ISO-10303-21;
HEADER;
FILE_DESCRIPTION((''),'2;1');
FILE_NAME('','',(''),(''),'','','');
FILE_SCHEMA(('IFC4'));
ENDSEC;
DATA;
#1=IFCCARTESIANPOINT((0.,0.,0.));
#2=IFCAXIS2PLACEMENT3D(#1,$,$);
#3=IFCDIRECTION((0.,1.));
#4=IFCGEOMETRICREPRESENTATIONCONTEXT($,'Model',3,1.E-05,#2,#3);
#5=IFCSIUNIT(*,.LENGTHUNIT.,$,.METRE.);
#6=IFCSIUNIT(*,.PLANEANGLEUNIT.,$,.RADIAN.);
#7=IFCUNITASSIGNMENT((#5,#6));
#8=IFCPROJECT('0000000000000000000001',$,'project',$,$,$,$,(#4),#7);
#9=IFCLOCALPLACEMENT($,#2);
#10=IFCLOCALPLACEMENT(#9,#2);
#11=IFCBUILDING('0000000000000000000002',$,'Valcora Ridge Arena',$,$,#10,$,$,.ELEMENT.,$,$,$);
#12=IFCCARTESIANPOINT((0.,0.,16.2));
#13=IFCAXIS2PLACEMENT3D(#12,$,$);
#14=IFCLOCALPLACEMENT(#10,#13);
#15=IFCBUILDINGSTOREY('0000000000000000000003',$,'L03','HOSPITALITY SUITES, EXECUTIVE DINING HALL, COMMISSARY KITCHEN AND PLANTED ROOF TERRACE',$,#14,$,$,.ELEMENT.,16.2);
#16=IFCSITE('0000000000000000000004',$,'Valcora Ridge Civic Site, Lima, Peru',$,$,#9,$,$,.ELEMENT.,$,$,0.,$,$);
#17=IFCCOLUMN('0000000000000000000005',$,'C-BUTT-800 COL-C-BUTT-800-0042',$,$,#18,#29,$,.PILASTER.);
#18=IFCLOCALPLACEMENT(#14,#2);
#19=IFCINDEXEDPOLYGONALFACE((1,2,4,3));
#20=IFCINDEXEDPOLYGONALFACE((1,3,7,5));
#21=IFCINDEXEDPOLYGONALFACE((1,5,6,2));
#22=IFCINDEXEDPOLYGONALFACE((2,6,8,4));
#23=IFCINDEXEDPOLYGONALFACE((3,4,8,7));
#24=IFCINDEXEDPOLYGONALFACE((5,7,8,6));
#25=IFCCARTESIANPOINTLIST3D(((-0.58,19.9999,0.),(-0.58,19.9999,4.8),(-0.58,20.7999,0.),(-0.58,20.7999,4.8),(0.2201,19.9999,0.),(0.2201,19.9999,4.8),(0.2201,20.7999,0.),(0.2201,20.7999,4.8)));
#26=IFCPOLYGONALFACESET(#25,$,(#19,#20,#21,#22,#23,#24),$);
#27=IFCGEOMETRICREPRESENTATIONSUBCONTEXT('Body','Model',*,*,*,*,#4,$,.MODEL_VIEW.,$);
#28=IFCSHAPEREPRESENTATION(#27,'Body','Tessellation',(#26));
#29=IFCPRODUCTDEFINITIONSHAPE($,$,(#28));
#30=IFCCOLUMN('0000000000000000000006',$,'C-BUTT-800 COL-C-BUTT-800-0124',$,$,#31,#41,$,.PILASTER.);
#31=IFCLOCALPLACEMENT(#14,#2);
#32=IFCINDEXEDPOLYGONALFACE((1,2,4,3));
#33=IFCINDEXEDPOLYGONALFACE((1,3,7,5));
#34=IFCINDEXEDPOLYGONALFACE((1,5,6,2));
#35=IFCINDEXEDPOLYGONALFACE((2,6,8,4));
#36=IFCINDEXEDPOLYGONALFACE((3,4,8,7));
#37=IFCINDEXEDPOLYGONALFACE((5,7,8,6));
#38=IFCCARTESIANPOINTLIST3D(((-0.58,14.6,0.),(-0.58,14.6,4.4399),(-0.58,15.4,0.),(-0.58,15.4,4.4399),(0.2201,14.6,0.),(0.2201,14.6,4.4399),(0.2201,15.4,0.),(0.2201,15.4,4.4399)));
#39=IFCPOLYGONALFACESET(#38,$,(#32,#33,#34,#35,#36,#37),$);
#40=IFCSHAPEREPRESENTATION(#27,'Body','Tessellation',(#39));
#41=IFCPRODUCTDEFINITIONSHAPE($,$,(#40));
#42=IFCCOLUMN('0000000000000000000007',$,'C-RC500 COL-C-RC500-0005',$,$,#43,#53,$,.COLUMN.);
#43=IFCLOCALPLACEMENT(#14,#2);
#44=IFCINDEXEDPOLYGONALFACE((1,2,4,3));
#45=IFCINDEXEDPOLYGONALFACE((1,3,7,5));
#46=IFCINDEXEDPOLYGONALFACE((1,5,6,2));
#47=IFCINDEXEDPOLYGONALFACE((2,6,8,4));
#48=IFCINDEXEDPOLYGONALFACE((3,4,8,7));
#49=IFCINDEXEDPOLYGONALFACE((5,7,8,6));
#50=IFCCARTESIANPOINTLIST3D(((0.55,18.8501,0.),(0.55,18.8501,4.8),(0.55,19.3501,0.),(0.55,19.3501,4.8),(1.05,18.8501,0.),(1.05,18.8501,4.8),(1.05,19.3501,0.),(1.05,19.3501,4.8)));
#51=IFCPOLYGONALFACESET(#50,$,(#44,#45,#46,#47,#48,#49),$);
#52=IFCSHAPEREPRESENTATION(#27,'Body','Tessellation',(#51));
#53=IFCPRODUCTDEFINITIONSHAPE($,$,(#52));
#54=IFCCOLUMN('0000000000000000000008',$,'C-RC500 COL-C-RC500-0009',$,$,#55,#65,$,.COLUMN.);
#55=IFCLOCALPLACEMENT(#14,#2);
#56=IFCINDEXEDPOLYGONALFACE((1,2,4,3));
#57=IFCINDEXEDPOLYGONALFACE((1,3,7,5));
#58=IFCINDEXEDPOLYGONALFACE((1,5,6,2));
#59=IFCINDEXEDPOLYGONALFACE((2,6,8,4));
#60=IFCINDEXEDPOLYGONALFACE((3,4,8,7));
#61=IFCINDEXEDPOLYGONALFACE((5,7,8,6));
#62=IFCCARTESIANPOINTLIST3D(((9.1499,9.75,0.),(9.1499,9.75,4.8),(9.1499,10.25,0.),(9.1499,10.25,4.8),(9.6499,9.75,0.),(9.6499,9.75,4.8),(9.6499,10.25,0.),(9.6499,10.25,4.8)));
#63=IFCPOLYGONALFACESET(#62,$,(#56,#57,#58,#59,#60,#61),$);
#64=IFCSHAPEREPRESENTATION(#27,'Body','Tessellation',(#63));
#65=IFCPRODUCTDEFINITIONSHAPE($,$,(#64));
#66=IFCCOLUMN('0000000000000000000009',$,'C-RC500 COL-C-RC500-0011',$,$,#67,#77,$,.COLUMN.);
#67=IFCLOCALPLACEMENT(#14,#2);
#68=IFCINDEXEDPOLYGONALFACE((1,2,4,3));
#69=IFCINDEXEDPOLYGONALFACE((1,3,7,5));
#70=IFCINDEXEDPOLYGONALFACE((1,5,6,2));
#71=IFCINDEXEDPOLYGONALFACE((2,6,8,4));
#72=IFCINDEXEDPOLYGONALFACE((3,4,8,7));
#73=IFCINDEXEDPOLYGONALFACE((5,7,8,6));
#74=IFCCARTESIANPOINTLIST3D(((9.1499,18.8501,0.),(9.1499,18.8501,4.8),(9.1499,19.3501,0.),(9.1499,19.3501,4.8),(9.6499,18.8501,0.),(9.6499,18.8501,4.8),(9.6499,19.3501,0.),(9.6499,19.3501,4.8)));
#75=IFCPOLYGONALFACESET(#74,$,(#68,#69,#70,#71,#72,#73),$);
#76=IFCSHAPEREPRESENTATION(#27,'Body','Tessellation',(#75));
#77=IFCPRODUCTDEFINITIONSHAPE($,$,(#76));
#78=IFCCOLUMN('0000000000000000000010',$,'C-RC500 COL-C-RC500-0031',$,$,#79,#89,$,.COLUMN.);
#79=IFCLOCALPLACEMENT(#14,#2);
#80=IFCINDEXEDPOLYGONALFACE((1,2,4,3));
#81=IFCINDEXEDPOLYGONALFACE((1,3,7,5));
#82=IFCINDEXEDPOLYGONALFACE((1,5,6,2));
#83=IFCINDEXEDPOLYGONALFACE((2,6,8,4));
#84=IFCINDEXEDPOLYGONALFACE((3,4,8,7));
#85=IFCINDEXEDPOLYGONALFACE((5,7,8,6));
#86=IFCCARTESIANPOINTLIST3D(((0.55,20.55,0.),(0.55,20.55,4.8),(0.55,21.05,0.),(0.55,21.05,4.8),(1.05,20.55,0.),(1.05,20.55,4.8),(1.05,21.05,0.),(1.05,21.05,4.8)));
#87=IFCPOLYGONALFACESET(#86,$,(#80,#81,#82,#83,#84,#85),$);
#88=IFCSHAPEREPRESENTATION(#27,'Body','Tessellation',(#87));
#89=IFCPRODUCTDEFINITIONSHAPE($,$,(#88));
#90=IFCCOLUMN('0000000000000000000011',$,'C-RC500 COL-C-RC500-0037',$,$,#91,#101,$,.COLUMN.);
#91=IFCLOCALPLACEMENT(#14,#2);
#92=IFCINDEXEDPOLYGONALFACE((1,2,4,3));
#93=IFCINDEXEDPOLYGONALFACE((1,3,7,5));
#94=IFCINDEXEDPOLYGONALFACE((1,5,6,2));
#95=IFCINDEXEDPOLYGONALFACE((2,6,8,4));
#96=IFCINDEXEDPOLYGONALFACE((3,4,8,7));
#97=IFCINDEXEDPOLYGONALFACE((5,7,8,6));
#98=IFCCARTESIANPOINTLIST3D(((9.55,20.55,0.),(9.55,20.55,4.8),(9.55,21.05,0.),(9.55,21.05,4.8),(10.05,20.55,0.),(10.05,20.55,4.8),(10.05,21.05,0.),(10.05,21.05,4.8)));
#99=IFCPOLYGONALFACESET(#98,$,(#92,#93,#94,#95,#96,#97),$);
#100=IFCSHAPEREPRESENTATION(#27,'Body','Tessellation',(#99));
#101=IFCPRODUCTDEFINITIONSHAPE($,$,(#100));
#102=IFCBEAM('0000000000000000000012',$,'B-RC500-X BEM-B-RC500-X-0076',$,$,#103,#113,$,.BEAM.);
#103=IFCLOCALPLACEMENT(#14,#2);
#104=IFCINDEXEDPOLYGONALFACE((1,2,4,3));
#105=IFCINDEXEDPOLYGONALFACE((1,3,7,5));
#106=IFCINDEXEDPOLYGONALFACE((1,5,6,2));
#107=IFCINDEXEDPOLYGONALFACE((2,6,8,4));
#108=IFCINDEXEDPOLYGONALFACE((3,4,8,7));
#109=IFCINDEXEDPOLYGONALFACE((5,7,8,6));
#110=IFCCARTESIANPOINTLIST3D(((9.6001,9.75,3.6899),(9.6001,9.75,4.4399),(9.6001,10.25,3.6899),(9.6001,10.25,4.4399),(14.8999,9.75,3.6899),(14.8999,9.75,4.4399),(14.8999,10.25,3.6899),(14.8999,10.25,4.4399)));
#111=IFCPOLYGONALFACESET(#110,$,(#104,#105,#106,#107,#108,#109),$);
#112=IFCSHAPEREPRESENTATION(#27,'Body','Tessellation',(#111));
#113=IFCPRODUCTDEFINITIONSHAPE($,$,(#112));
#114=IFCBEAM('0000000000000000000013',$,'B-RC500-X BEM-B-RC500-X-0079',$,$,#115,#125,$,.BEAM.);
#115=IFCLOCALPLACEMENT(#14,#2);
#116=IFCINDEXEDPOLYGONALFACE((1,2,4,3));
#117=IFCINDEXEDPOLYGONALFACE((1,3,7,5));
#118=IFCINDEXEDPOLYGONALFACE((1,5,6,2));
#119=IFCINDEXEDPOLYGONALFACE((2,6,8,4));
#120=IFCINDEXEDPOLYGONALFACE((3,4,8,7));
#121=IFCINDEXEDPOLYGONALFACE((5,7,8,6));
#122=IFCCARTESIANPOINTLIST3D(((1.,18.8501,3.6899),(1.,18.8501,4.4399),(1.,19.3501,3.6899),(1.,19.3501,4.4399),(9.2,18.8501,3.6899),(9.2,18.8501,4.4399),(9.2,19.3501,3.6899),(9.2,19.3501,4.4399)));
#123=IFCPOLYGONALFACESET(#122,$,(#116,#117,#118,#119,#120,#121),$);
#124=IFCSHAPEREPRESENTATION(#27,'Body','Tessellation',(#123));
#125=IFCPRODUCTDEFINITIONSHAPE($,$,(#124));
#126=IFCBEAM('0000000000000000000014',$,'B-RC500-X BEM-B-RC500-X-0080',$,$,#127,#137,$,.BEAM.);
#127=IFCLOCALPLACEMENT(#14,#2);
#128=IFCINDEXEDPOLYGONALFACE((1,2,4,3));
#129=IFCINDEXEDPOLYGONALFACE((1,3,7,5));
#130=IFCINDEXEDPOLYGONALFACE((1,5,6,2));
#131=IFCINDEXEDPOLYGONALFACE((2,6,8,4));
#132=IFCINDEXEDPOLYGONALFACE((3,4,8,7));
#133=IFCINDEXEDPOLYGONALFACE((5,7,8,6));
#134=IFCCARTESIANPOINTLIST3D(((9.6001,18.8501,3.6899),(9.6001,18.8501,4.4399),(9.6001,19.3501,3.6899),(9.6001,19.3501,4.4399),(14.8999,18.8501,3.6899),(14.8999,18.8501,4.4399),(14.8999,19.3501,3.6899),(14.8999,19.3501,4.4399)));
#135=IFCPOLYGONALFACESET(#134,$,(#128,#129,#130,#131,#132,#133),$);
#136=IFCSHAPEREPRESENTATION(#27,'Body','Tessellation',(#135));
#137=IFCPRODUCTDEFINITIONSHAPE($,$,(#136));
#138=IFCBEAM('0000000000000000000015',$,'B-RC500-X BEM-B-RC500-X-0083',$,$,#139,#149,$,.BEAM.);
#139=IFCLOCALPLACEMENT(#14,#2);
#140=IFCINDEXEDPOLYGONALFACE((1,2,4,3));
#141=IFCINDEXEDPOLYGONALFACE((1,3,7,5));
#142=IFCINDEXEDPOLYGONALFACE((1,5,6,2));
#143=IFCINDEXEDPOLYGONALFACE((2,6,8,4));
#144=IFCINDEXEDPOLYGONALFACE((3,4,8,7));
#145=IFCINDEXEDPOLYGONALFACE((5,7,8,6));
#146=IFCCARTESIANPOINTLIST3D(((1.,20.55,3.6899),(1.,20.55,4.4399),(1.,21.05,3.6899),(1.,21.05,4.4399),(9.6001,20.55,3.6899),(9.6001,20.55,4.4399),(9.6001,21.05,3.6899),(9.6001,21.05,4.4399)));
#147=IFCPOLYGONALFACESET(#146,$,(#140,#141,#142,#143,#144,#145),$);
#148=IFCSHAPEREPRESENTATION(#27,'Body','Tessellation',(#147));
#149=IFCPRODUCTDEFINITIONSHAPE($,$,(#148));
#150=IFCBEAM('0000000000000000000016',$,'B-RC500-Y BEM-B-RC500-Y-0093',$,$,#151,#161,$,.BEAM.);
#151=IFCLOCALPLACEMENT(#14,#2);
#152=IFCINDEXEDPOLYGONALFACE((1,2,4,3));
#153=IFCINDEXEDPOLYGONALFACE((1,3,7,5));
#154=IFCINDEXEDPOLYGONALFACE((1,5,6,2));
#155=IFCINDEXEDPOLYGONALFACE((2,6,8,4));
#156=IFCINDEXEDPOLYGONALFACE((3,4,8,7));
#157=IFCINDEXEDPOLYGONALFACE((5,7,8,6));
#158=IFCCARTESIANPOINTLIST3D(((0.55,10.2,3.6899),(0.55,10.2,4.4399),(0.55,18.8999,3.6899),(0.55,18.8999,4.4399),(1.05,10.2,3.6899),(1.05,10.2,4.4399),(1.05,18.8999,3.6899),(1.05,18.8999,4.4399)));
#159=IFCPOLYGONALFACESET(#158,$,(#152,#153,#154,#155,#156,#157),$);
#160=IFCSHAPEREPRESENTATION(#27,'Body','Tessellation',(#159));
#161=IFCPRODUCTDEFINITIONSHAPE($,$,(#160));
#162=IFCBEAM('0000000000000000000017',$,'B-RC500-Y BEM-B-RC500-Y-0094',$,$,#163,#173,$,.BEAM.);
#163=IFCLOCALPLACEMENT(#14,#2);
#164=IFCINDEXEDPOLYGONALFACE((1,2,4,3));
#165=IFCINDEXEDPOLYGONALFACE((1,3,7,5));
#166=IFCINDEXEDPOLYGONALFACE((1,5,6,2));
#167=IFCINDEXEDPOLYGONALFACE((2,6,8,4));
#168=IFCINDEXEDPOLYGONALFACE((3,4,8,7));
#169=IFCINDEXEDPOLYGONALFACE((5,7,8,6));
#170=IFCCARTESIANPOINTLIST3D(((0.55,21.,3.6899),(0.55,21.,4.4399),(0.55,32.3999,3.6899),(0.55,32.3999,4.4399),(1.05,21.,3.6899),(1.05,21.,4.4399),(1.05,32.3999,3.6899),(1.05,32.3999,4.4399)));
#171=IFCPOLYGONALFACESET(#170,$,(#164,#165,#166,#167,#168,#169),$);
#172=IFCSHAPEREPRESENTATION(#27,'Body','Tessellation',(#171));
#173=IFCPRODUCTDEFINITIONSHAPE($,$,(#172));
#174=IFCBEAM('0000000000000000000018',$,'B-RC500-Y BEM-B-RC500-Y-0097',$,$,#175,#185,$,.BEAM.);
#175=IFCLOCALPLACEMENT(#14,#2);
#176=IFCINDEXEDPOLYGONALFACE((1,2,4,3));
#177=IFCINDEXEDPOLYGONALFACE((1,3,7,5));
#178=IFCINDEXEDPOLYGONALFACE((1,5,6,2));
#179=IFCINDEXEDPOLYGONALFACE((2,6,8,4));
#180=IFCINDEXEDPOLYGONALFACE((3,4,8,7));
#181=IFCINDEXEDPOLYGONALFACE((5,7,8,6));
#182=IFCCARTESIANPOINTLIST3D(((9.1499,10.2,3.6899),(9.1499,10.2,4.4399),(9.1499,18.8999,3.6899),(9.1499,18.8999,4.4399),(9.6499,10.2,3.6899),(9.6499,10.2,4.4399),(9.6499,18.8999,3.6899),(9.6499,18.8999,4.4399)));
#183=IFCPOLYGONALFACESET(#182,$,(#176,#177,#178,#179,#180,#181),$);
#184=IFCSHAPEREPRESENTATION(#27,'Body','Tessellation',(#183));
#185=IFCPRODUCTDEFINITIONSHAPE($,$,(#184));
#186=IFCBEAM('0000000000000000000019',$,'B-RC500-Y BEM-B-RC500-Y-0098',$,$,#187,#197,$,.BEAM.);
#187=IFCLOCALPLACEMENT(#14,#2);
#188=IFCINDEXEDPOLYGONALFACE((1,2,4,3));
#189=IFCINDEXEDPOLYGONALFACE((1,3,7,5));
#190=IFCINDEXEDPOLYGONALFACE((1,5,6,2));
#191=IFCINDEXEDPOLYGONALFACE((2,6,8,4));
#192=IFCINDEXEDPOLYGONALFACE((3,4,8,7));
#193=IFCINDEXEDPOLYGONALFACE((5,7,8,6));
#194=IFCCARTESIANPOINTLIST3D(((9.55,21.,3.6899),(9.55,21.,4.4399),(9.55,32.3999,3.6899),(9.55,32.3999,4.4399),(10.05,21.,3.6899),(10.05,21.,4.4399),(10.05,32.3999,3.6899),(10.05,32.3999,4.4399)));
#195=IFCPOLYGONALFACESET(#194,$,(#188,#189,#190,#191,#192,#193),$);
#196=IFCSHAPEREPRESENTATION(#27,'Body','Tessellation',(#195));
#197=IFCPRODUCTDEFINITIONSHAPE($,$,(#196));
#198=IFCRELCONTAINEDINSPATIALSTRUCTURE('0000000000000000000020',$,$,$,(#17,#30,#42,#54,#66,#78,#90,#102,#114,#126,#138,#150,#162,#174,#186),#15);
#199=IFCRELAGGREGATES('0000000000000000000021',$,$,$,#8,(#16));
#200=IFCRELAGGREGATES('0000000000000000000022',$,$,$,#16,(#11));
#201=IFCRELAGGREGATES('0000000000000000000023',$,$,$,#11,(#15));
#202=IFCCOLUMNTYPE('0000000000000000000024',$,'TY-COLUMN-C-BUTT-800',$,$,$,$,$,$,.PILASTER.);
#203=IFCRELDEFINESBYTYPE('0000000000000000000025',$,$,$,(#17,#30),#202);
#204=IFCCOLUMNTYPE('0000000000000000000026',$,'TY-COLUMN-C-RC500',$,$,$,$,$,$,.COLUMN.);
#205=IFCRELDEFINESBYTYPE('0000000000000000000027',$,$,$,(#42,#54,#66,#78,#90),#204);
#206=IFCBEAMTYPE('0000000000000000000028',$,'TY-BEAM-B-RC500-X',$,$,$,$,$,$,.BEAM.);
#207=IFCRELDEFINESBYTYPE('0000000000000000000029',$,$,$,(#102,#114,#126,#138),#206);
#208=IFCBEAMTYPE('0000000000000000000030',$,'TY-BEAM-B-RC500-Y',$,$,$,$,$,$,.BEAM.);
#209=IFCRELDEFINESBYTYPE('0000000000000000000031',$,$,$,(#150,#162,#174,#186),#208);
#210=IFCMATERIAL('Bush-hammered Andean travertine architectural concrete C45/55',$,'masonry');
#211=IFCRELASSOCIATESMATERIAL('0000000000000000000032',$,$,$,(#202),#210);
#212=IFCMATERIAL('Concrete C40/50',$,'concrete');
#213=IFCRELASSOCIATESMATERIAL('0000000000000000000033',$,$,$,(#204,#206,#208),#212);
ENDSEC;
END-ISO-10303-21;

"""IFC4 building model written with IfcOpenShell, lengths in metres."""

from ifc_helpers import new_model, si_unit, direction, frame, origin, origin_2d, place, context, subcontext, project, spatial, rectangle, extrude, material, material_profile, profile_set, type_object, element, save


model = new_model("IFC4")

# Units and contexts
model_context = context("Model", 3, precision=1e-05, world=origin(), true_north=direction((0.0, 1.0)))
body_context = subcontext(model_context, "Body", "Model", "MODEL_VIEW")
ifc_project = project(units=[si_unit("LENGTHUNIT", "METRE"), si_unit("PLANEANGLEUNIT", "RADIAN")], contexts=[model_context])

# Site, building, storey
site_placement = place(None, origin())
site = spatial("IfcSite", under=ifc_project, at=site_placement, Name="Valcora Ridge Civic Site, Lima, Peru", CompositionType="ELEMENT", RefElevation=0.0)
building_placement = place(site_placement, origin())
building = spatial("IfcBuilding", under=site, at=building_placement, Name="Valcora Ridge Arena", CompositionType="ELEMENT")
storey_placement = place(building_placement, frame((0.0, 0.0, 16.2)))
storey = spatial("IfcBuildingStorey", under=building, at=storey_placement, Name="L03", Description="HOSPITALITY SUITES, EXECUTIVE DINING HALL, COMMISSARY KITCHEN AND PLANTED ROOF TERRACE", CompositionType="ELEMENT", Elevation=16.2)

# Columns
ifc_material_1 = material(Name="Bush-hammered Andean travertine architectural concrete C45/55", Category="masonry")
ifc_material_profile_1 = material_profile(ifc_material_1, rectangle(XDim=0.8, YDim=0.8, at=origin_2d()), Name="RC 800x800")
ifc_profile_set_1 = profile_set([ifc_material_profile_1], Name="Bush-hammered Andean travertine architectural concrete C45/55")
column_type_1 = type_object("IfcColumnType", Name="TY-COLUMN-C-BUTT-800", PredefinedType="PILASTER", material=ifc_profile_set_1)
column_1_placement = place(storey_placement, frame((-0.1799, 20.3999, 0.0), z_axis=(0.0, 0.0, 1.0), x_axis=(1.0, 0.0, 0.0)))
element("IfcColumn", 1, at=column_1_placement, inside=storey, type_object=column_type_1, Name="C-BUTT-800 COL-C-BUTT-800-0042", PredefinedType="PILASTER", context=body_context, shape_type="SweptSolid", body=[
    extrude(rectangle(XDim=0.8, YDim=0.8, at=origin_2d()), origin(), (0.0, 0.0, 1.0), 4.8),
])
column_2_placement = place(storey_placement, frame((-0.1799, 15.0, 0.0), z_axis=(0.0, 0.0, 1.0), x_axis=(1.0, 0.0, 0.0)))
element("IfcColumn", 2, at=column_2_placement, inside=storey, type_object=column_type_1, Name="C-BUTT-800 COL-C-BUTT-800-0124", PredefinedType="PILASTER", context=body_context, shape_type="SweptSolid", body=[
    extrude(rectangle(XDim=0.8, YDim=0.8, at=origin_2d()), origin(), (0.0, 0.0, 1.0), 4.4399),
])
ifc_material_2 = material(Name="Concrete C40/50", Category="concrete")
ifc_material_profile_2 = material_profile(ifc_material_2, rectangle(XDim=0.5, YDim=0.5, at=origin_2d()), Name="RC 500x500")
ifc_profile_set_2 = profile_set([ifc_material_profile_2], Name="Concrete C40/50")
column_type_2 = type_object("IfcColumnType", Name="TY-COLUMN-C-RC500", PredefinedType="COLUMN", material=ifc_profile_set_2)
for number, where, z_axis, x_axis, name in (
    (3, (0.8, 19.1001, 0.0), (0.0, 0.0, 1.0), (1.0, 0.0, 0.0), "C-RC500 COL-C-RC500-0005"),
    (4, (9.3999, 10.0, 0.0), (0.0, 0.0, 1.0), (1.0, 0.0, 0.0), "C-RC500 COL-C-RC500-0009"),
    (5, (9.3999, 19.1001, 0.0), (0.0, 0.0, 1.0), (1.0, 0.0, 0.0), "C-RC500 COL-C-RC500-0011"),
    (6, (0.8, 20.8, 0.0), (0.0, 0.0, 1.0), (1.0, 0.0, 0.0), "C-RC500 COL-C-RC500-0031"),
    (7, (9.8, 20.8, 0.0), (0.0, 0.0, 1.0), (1.0, 0.0, 0.0), "C-RC500 COL-C-RC500-0037"),
):
    element("IfcColumn", number, at=place(storey_placement, frame(where, z_axis=z_axis, x_axis=x_axis)), inside=storey, type_object=column_type_2, Name=name, PredefinedType="COLUMN", context=body_context, shape_type="SweptSolid", body=[
        extrude(rectangle(XDim=0.5, YDim=0.5, at=origin_2d()), origin(), (0.0, 0.0, 1.0), 4.8),
    ])

# Beams
ifc_material_profile_3 = material_profile(ifc_material_2, rectangle(XDim=0.5, YDim=0.75, at=origin_2d()), Name="RC 500x750")
ifc_profile_set_3 = profile_set([ifc_material_profile_3], Name="Concrete C40/50")
beam_type_1 = type_object("IfcBeamType", Name="TY-BEAM-B-RC500-X", PredefinedType="BEAM", material=ifc_profile_set_3)
beam_1_placement = place(storey_placement, frame((9.6001, 10.0, 4.0649), z_axis=(1.0, 0.0, 0.0), x_axis=(0.0, 1.0, 0.0)))
element("IfcBeam", 8, at=beam_1_placement, inside=storey, type_object=beam_type_1, Name="B-RC500-X BEM-B-RC500-X-0076", PredefinedType="BEAM", context=body_context, shape_type="SweptSolid", body=[
    extrude(rectangle(XDim=0.5, YDim=0.75, at=origin_2d()), origin(), (0.0, 0.0, 1.0), 5.2998),
])
beam_2_placement = place(storey_placement, frame((1.0, 19.1001, 4.0649), z_axis=(1.0, 0.0, 0.0), x_axis=(0.0, 1.0, 0.0)))
element("IfcBeam", 9, at=beam_2_placement, inside=storey, type_object=beam_type_1, Name="B-RC500-X BEM-B-RC500-X-0079", PredefinedType="BEAM", context=body_context, shape_type="SweptSolid", body=[
    extrude(rectangle(XDim=0.5, YDim=0.75, at=origin_2d()), origin(), (0.0, 0.0, 1.0), 8.2),
])
beam_3_placement = place(storey_placement, frame((9.6001, 19.1001, 4.0649), z_axis=(1.0, 0.0, 0.0), x_axis=(0.0, 1.0, 0.0)))
element("IfcBeam", 10, at=beam_3_placement, inside=storey, type_object=beam_type_1, Name="B-RC500-X BEM-B-RC500-X-0080", PredefinedType="BEAM", context=body_context, shape_type="SweptSolid", body=[
    extrude(rectangle(XDim=0.5, YDim=0.75, at=origin_2d()), origin(), (0.0, 0.0, 1.0), 5.2998),
])
beam_4_placement = place(storey_placement, frame((1.0, 20.8, 4.0649), z_axis=(1.0, 0.0, 0.0), x_axis=(0.0, 1.0, 0.0)))
element("IfcBeam", 11, at=beam_4_placement, inside=storey, type_object=beam_type_1, Name="B-RC500-X BEM-B-RC500-X-0083", PredefinedType="BEAM", context=body_context, shape_type="SweptSolid", body=[
    extrude(rectangle(XDim=0.5, YDim=0.75, at=origin_2d()), origin(), (0.0, 0.0, 1.0), 8.6001),
])
ifc_material_profile_4 = material_profile(ifc_material_2, rectangle(XDim=0.5, YDim=0.75, at=origin_2d()), Name="RC 500x750")
ifc_profile_set_4 = profile_set([ifc_material_profile_4], Name="Concrete C40/50")
beam_type_2 = type_object("IfcBeamType", Name="TY-BEAM-B-RC500-Y", PredefinedType="BEAM", material=ifc_profile_set_4)
beam_5_placement = place(storey_placement, frame((0.8, 10.2, 4.0649), z_axis=(0.0, 1.0, 0.0), x_axis=(-1.0, 0.0, 0.0)))
element("IfcBeam", 12, at=beam_5_placement, inside=storey, type_object=beam_type_2, Name="B-RC500-Y BEM-B-RC500-Y-0093", PredefinedType="BEAM", context=body_context, shape_type="SweptSolid", body=[
    extrude(rectangle(XDim=0.5, YDim=0.75, at=origin_2d()), origin(), (0.0, 0.0, 1.0), 8.7),
])
beam_6_placement = place(storey_placement, frame((0.8, 21.0, 4.0649), z_axis=(0.0, 1.0, 0.0), x_axis=(-1.0, 0.0, 0.0)))
element("IfcBeam", 13, at=beam_6_placement, inside=storey, type_object=beam_type_2, Name="B-RC500-Y BEM-B-RC500-Y-0094", PredefinedType="BEAM", context=body_context, shape_type="SweptSolid", body=[
    extrude(rectangle(XDim=0.5, YDim=0.75, at=origin_2d()), origin(), (0.0, 0.0, 1.0), 11.3999),
])
beam_7_placement = place(storey_placement, frame((9.3999, 10.2, 4.0649), z_axis=(0.0, 1.0, 0.0), x_axis=(-1.0, 0.0, 0.0)))
element("IfcBeam", 14, at=beam_7_placement, inside=storey, type_object=beam_type_2, Name="B-RC500-Y BEM-B-RC500-Y-0097", PredefinedType="BEAM", context=body_context, shape_type="SweptSolid", body=[
    extrude(rectangle(XDim=0.5, YDim=0.75, at=origin_2d()), origin(), (0.0, 0.0, 1.0), 8.7),
])
beam_8_placement = place(storey_placement, frame((9.8, 21.0, 4.0649), z_axis=(0.0, 1.0, 0.0), x_axis=(-1.0, 0.0, 0.0)))
element("IfcBeam", 15, at=beam_8_placement, inside=storey, type_object=beam_type_2, Name="B-RC500-Y BEM-B-RC500-Y-0098", PredefinedType="BEAM", context=body_context, shape_type="SweptSolid", body=[
    extrude(rectangle(XDim=0.5, YDim=0.75, at=origin_2d()), origin(), (0.0, 0.0, 1.0), 11.3999),
])

save(model, "model.ifc")
